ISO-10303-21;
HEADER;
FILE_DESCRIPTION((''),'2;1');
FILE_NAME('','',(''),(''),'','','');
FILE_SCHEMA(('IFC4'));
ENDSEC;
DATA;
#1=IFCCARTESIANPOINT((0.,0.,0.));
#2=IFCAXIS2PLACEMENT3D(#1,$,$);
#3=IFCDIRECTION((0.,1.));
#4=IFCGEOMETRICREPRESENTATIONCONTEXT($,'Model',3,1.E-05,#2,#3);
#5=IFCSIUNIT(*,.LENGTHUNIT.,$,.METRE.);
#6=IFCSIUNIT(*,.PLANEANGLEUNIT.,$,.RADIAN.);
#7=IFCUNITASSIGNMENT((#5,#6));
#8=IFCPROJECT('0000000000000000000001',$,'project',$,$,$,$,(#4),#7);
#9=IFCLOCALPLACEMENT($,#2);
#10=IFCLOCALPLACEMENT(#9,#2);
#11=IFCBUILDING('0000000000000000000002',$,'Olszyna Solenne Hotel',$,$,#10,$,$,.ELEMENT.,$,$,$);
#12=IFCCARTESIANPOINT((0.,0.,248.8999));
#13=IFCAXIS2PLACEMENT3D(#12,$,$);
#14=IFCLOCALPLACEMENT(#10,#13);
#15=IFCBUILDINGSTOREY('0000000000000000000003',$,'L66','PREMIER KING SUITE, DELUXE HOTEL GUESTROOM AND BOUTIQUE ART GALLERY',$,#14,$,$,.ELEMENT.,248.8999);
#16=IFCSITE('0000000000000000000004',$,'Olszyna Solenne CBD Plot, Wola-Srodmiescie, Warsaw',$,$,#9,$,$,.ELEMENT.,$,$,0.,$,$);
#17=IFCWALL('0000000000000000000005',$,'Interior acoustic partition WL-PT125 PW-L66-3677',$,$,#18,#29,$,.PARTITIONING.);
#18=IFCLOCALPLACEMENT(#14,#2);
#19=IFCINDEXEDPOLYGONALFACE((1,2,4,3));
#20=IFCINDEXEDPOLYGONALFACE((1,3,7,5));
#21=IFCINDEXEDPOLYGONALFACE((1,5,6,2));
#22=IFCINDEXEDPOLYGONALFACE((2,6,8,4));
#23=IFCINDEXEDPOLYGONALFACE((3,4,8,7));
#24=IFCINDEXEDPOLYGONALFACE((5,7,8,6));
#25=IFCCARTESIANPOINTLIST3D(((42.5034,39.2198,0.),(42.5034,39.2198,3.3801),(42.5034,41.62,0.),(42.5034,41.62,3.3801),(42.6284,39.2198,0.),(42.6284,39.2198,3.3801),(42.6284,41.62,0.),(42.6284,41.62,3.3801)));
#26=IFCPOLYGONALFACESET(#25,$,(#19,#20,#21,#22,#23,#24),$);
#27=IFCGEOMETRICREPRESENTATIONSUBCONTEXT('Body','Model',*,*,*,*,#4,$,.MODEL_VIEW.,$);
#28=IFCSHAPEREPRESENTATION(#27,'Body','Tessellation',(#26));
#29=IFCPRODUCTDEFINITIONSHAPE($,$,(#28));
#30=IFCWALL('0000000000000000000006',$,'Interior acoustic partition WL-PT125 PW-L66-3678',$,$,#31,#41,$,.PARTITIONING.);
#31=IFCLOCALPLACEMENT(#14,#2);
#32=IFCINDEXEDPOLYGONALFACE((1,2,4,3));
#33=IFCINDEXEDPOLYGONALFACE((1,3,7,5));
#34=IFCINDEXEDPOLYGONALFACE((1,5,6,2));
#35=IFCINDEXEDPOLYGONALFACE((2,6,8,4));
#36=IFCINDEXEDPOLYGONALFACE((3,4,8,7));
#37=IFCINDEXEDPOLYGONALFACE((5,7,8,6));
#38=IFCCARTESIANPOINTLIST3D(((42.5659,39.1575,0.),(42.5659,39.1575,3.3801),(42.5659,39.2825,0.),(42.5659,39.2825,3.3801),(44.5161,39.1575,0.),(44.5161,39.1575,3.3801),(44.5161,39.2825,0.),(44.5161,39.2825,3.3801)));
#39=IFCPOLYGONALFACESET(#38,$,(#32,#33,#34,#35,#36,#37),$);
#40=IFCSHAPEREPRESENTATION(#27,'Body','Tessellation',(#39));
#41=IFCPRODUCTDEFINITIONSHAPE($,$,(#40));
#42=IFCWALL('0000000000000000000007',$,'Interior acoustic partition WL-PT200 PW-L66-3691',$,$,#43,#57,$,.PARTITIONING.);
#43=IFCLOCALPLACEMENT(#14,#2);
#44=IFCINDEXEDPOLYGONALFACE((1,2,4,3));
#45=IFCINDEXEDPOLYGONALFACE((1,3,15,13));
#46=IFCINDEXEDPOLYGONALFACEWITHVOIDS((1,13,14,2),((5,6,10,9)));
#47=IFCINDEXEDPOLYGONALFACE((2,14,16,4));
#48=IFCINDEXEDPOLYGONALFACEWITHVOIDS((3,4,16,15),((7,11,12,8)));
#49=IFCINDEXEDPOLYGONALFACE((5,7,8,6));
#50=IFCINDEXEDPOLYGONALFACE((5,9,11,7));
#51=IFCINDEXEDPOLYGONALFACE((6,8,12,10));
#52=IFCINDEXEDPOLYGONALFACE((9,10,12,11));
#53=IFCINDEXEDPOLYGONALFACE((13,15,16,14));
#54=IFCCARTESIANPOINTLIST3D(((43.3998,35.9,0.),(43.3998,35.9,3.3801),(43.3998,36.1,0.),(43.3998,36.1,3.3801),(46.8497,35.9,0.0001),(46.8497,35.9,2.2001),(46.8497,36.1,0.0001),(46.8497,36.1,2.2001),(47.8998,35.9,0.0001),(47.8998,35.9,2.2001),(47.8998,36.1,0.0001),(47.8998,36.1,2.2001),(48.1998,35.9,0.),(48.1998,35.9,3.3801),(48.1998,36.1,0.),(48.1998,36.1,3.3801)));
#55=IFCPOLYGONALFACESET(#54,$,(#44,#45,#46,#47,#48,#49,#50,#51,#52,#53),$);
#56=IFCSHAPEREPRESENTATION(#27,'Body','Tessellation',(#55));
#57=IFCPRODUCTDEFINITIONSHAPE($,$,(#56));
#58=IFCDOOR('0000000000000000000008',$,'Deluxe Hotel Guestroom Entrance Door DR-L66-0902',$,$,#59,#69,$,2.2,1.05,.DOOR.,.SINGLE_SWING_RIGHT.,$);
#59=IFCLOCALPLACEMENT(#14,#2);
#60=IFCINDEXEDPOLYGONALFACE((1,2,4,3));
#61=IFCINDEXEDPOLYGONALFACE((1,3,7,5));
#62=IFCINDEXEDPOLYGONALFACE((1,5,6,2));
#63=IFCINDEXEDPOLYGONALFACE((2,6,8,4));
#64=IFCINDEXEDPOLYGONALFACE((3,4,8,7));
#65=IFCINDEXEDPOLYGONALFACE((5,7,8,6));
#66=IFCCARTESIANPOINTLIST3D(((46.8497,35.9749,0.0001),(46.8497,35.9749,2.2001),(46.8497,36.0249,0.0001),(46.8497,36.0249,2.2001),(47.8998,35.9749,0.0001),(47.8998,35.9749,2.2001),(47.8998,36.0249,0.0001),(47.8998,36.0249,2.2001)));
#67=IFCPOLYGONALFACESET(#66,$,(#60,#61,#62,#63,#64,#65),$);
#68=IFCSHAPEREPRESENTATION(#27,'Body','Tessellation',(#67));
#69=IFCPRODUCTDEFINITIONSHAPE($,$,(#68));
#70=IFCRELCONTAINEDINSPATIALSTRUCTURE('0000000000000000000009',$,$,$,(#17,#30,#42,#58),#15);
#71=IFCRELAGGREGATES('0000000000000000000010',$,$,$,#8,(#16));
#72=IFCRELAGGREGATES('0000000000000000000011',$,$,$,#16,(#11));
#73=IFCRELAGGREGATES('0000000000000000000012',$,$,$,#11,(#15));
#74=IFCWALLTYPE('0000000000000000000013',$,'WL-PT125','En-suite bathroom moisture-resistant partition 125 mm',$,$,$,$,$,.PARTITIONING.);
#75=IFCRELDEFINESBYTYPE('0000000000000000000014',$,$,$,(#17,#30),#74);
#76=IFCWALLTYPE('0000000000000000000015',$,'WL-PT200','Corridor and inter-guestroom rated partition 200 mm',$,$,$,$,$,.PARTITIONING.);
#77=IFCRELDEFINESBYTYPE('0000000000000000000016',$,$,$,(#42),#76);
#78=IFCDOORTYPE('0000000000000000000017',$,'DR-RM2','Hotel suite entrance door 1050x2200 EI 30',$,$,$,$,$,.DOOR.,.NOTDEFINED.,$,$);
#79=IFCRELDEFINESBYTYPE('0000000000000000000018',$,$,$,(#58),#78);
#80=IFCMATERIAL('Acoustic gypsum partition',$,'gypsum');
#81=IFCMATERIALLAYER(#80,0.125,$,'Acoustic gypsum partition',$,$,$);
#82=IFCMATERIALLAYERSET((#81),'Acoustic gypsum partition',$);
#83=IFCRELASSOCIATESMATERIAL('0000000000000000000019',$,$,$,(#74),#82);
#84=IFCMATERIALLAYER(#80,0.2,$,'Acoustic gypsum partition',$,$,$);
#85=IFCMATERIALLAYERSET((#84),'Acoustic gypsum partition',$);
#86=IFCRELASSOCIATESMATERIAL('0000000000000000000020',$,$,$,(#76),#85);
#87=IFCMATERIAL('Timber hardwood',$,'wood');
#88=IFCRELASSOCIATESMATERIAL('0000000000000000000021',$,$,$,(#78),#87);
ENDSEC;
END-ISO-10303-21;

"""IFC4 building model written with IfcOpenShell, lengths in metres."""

from ifc_helpers import new_model, si_unit, direction, frame, frame_2d, origin, place, context, subcontext, project, spatial, rectangle, extrude, source, transform, mapped, material, layer, layer_set, type_object, type_shapes, element, fill, save


model = new_model("IFC4")

# Units and contexts
model_context = context("Model", 3, precision=1e-05, world=origin(), true_north=direction((0.0, 1.0)))
body_context = subcontext(model_context, "Body", "Model", "MODEL_VIEW")
ifc_project = project(units=[si_unit("LENGTHUNIT", "METRE"), si_unit("PLANEANGLEUNIT", "RADIAN")], contexts=[model_context])

# Site, building, storey
site_placement = place(None, origin())
site = spatial("IfcSite", under=ifc_project, at=site_placement, Name="Olszyna Solenne CBD Plot, Wola-Srodmiescie, Warsaw", CompositionType="ELEMENT", RefElevation=0.0)
building_placement = place(site_placement, origin())
building = spatial("IfcBuilding", under=site, at=building_placement, Name="Olszyna Solenne Hotel", CompositionType="ELEMENT")
storey_placement = place(building_placement, frame((0.0, 0.0, 248.8999)))
storey = spatial("IfcBuildingStorey", under=building, at=storey_placement, Name="L66", Description="PREMIER KING SUITE, DELUXE HOTEL GUESTROOM AND BOUTIQUE ART GALLERY", CompositionType="ELEMENT", Elevation=248.8999)

# Shared definitions
ifc_material_1 = material(Name="Acoustic gypsum partition", Category="gypsum")
ifc_layer_1 = layer(ifc_material_1, 0.125, Name="Acoustic gypsum partition")
ifc_layer_set_1 = layer_set([ifc_layer_1], Name="Acoustic gypsum partition")
wall_type_1 = type_object("IfcWallType", Name="WL-PT125", Description="En-suite bathroom moisture-resistant partition 125 mm", PredefinedType="PARTITIONING", material=ifc_layer_set_1)
ifc_material_2 = material(Name="Timber hardwood", Category="wood")

# Walls
wall_1_placement = place(storey_placement, frame((42.5659, 41.6201, 0.0), z_axis=(0.0, 0.0, 1.0), x_axis=(0.0, -1.0, 0.0)))
element("IfcWall", 1, at=wall_1_placement, inside=storey, type_object=wall_type_1, Name="Interior acoustic partition WL-PT125 PW-L66-3677", PredefinedType="PARTITIONING", context=body_context, shape_type="SweptSolid", body=[
    extrude(rectangle(XDim=2.4001, YDim=0.125, at=frame_2d((1.2002, 0.0))), origin(), (0.0, 0.0, 1.0), 3.3801),
])
wall_2_placement = place(storey_placement, frame((42.5659, 39.22, 0.0), z_axis=(0.0, 0.0, 1.0), x_axis=(1.0, 0.0, 0.0)))
element("IfcWall", 2, at=wall_2_placement, inside=storey, type_object=wall_type_1, Name="Interior acoustic partition WL-PT125 PW-L66-3678", PredefinedType="PARTITIONING", context=body_context, shape_type="SweptSolid", body=[
    extrude(rectangle(XDim=1.9502, YDim=0.125, at=frame_2d((0.9751, 0.0))), origin(), (0.0, 0.0, 1.0), 3.3801),
])

# Wall, opening, door
ifc_layer_2 = layer(ifc_material_1, 0.2, Name="Acoustic gypsum partition")
ifc_layer_set_2 = layer_set([ifc_layer_2], Name="Acoustic gypsum partition")
wall_type_2 = type_object("IfcWallType", Name="WL-PT200", Description="Corridor and inter-guestroom rated partition 200 mm", PredefinedType="PARTITIONING", material=ifc_layer_set_2)
wall_3_placement = place(storey_placement, frame((43.3999, 36.0, 0.0), z_axis=(0.0, 0.0, 1.0), x_axis=(1.0, 0.0, 0.0)))
wall_3 = element("IfcWall", 3, at=wall_3_placement, inside=storey, type_object=wall_type_2, Name="Interior acoustic partition WL-PT200 PW-L66-3691", PredefinedType="PARTITIONING", context=body_context, shape_type="SweptSolid", body=[
    extrude(rectangle(XDim=4.8, YDim=0.2, at=frame_2d((2.3999, 0.0))), origin(), (0.0, 0.0, 1.0), 3.3801),
])
opening_1_placement = place(wall_3_placement, frame((3.45, 0.0, 0.0)))
opening_1 = element("IfcOpeningElement", 4, at=opening_1_placement, cuts=wall_3, PredefinedType="OPENING", context=body_context, shape_type="SweptSolid", body=[
    extrude(rectangle(XDim=1.05, YDim=2.2, at=frame_2d((0.5249, 1.1001))), frame((0.0, 0.1099, 0.0), z_axis=(0.0, -1.0, 0.0), x_axis=(1.0, 0.0, 0.0)), (0.0, 0.0, 1.0), 0.22),
])
door_type_1 = type_object("IfcDoorType", Name="DR-RM2", Description="Hotel suite entrance door 1050x2200 EI 30", OperationType="NOTDEFINED", PredefinedType="DOOR", material=ifc_material_2)
shared_shape_1 = source(origin(), body_context, "Body", "SweptSolid", [
    extrude(rectangle(XDim=1.05, YDim=2.2, at=frame_2d((0.5249, 1.1001))), frame((0.0, 0.0249, 0.0), z_axis=(0.0, -1.0, 0.0), x_axis=(1.0, 0.0, 0.0)), (0.0, 0.0, 1.0), 0.05),
])
type_shapes(door_type_1, [shared_shape_1])
door_1_placement = place(opening_1_placement, origin())
door_1 = element("IfcDoor", 5, at=door_1_placement, inside=storey, type_object=door_type_1, Name="Deluxe Hotel Guestroom Entrance Door DR-L66-0902", OperationType="SINGLE_SWING_RIGHT", OverallHeight=2.2, OverallWidth=1.05, PredefinedType="DOOR", context=body_context, shape_type="MappedRepresentation", body=[
    mapped(shared_shape_1, transform((0.0, 0.0, 0.0), x_axis=(1.0, 0.0, 0.0), y_axis=(0.0, 1.0, 0.0), z_axis=(0.0, 0.0, 1.0), scale=1.0)),
])
fill(opening_1, door_1)

save(model, "model.ifc")
